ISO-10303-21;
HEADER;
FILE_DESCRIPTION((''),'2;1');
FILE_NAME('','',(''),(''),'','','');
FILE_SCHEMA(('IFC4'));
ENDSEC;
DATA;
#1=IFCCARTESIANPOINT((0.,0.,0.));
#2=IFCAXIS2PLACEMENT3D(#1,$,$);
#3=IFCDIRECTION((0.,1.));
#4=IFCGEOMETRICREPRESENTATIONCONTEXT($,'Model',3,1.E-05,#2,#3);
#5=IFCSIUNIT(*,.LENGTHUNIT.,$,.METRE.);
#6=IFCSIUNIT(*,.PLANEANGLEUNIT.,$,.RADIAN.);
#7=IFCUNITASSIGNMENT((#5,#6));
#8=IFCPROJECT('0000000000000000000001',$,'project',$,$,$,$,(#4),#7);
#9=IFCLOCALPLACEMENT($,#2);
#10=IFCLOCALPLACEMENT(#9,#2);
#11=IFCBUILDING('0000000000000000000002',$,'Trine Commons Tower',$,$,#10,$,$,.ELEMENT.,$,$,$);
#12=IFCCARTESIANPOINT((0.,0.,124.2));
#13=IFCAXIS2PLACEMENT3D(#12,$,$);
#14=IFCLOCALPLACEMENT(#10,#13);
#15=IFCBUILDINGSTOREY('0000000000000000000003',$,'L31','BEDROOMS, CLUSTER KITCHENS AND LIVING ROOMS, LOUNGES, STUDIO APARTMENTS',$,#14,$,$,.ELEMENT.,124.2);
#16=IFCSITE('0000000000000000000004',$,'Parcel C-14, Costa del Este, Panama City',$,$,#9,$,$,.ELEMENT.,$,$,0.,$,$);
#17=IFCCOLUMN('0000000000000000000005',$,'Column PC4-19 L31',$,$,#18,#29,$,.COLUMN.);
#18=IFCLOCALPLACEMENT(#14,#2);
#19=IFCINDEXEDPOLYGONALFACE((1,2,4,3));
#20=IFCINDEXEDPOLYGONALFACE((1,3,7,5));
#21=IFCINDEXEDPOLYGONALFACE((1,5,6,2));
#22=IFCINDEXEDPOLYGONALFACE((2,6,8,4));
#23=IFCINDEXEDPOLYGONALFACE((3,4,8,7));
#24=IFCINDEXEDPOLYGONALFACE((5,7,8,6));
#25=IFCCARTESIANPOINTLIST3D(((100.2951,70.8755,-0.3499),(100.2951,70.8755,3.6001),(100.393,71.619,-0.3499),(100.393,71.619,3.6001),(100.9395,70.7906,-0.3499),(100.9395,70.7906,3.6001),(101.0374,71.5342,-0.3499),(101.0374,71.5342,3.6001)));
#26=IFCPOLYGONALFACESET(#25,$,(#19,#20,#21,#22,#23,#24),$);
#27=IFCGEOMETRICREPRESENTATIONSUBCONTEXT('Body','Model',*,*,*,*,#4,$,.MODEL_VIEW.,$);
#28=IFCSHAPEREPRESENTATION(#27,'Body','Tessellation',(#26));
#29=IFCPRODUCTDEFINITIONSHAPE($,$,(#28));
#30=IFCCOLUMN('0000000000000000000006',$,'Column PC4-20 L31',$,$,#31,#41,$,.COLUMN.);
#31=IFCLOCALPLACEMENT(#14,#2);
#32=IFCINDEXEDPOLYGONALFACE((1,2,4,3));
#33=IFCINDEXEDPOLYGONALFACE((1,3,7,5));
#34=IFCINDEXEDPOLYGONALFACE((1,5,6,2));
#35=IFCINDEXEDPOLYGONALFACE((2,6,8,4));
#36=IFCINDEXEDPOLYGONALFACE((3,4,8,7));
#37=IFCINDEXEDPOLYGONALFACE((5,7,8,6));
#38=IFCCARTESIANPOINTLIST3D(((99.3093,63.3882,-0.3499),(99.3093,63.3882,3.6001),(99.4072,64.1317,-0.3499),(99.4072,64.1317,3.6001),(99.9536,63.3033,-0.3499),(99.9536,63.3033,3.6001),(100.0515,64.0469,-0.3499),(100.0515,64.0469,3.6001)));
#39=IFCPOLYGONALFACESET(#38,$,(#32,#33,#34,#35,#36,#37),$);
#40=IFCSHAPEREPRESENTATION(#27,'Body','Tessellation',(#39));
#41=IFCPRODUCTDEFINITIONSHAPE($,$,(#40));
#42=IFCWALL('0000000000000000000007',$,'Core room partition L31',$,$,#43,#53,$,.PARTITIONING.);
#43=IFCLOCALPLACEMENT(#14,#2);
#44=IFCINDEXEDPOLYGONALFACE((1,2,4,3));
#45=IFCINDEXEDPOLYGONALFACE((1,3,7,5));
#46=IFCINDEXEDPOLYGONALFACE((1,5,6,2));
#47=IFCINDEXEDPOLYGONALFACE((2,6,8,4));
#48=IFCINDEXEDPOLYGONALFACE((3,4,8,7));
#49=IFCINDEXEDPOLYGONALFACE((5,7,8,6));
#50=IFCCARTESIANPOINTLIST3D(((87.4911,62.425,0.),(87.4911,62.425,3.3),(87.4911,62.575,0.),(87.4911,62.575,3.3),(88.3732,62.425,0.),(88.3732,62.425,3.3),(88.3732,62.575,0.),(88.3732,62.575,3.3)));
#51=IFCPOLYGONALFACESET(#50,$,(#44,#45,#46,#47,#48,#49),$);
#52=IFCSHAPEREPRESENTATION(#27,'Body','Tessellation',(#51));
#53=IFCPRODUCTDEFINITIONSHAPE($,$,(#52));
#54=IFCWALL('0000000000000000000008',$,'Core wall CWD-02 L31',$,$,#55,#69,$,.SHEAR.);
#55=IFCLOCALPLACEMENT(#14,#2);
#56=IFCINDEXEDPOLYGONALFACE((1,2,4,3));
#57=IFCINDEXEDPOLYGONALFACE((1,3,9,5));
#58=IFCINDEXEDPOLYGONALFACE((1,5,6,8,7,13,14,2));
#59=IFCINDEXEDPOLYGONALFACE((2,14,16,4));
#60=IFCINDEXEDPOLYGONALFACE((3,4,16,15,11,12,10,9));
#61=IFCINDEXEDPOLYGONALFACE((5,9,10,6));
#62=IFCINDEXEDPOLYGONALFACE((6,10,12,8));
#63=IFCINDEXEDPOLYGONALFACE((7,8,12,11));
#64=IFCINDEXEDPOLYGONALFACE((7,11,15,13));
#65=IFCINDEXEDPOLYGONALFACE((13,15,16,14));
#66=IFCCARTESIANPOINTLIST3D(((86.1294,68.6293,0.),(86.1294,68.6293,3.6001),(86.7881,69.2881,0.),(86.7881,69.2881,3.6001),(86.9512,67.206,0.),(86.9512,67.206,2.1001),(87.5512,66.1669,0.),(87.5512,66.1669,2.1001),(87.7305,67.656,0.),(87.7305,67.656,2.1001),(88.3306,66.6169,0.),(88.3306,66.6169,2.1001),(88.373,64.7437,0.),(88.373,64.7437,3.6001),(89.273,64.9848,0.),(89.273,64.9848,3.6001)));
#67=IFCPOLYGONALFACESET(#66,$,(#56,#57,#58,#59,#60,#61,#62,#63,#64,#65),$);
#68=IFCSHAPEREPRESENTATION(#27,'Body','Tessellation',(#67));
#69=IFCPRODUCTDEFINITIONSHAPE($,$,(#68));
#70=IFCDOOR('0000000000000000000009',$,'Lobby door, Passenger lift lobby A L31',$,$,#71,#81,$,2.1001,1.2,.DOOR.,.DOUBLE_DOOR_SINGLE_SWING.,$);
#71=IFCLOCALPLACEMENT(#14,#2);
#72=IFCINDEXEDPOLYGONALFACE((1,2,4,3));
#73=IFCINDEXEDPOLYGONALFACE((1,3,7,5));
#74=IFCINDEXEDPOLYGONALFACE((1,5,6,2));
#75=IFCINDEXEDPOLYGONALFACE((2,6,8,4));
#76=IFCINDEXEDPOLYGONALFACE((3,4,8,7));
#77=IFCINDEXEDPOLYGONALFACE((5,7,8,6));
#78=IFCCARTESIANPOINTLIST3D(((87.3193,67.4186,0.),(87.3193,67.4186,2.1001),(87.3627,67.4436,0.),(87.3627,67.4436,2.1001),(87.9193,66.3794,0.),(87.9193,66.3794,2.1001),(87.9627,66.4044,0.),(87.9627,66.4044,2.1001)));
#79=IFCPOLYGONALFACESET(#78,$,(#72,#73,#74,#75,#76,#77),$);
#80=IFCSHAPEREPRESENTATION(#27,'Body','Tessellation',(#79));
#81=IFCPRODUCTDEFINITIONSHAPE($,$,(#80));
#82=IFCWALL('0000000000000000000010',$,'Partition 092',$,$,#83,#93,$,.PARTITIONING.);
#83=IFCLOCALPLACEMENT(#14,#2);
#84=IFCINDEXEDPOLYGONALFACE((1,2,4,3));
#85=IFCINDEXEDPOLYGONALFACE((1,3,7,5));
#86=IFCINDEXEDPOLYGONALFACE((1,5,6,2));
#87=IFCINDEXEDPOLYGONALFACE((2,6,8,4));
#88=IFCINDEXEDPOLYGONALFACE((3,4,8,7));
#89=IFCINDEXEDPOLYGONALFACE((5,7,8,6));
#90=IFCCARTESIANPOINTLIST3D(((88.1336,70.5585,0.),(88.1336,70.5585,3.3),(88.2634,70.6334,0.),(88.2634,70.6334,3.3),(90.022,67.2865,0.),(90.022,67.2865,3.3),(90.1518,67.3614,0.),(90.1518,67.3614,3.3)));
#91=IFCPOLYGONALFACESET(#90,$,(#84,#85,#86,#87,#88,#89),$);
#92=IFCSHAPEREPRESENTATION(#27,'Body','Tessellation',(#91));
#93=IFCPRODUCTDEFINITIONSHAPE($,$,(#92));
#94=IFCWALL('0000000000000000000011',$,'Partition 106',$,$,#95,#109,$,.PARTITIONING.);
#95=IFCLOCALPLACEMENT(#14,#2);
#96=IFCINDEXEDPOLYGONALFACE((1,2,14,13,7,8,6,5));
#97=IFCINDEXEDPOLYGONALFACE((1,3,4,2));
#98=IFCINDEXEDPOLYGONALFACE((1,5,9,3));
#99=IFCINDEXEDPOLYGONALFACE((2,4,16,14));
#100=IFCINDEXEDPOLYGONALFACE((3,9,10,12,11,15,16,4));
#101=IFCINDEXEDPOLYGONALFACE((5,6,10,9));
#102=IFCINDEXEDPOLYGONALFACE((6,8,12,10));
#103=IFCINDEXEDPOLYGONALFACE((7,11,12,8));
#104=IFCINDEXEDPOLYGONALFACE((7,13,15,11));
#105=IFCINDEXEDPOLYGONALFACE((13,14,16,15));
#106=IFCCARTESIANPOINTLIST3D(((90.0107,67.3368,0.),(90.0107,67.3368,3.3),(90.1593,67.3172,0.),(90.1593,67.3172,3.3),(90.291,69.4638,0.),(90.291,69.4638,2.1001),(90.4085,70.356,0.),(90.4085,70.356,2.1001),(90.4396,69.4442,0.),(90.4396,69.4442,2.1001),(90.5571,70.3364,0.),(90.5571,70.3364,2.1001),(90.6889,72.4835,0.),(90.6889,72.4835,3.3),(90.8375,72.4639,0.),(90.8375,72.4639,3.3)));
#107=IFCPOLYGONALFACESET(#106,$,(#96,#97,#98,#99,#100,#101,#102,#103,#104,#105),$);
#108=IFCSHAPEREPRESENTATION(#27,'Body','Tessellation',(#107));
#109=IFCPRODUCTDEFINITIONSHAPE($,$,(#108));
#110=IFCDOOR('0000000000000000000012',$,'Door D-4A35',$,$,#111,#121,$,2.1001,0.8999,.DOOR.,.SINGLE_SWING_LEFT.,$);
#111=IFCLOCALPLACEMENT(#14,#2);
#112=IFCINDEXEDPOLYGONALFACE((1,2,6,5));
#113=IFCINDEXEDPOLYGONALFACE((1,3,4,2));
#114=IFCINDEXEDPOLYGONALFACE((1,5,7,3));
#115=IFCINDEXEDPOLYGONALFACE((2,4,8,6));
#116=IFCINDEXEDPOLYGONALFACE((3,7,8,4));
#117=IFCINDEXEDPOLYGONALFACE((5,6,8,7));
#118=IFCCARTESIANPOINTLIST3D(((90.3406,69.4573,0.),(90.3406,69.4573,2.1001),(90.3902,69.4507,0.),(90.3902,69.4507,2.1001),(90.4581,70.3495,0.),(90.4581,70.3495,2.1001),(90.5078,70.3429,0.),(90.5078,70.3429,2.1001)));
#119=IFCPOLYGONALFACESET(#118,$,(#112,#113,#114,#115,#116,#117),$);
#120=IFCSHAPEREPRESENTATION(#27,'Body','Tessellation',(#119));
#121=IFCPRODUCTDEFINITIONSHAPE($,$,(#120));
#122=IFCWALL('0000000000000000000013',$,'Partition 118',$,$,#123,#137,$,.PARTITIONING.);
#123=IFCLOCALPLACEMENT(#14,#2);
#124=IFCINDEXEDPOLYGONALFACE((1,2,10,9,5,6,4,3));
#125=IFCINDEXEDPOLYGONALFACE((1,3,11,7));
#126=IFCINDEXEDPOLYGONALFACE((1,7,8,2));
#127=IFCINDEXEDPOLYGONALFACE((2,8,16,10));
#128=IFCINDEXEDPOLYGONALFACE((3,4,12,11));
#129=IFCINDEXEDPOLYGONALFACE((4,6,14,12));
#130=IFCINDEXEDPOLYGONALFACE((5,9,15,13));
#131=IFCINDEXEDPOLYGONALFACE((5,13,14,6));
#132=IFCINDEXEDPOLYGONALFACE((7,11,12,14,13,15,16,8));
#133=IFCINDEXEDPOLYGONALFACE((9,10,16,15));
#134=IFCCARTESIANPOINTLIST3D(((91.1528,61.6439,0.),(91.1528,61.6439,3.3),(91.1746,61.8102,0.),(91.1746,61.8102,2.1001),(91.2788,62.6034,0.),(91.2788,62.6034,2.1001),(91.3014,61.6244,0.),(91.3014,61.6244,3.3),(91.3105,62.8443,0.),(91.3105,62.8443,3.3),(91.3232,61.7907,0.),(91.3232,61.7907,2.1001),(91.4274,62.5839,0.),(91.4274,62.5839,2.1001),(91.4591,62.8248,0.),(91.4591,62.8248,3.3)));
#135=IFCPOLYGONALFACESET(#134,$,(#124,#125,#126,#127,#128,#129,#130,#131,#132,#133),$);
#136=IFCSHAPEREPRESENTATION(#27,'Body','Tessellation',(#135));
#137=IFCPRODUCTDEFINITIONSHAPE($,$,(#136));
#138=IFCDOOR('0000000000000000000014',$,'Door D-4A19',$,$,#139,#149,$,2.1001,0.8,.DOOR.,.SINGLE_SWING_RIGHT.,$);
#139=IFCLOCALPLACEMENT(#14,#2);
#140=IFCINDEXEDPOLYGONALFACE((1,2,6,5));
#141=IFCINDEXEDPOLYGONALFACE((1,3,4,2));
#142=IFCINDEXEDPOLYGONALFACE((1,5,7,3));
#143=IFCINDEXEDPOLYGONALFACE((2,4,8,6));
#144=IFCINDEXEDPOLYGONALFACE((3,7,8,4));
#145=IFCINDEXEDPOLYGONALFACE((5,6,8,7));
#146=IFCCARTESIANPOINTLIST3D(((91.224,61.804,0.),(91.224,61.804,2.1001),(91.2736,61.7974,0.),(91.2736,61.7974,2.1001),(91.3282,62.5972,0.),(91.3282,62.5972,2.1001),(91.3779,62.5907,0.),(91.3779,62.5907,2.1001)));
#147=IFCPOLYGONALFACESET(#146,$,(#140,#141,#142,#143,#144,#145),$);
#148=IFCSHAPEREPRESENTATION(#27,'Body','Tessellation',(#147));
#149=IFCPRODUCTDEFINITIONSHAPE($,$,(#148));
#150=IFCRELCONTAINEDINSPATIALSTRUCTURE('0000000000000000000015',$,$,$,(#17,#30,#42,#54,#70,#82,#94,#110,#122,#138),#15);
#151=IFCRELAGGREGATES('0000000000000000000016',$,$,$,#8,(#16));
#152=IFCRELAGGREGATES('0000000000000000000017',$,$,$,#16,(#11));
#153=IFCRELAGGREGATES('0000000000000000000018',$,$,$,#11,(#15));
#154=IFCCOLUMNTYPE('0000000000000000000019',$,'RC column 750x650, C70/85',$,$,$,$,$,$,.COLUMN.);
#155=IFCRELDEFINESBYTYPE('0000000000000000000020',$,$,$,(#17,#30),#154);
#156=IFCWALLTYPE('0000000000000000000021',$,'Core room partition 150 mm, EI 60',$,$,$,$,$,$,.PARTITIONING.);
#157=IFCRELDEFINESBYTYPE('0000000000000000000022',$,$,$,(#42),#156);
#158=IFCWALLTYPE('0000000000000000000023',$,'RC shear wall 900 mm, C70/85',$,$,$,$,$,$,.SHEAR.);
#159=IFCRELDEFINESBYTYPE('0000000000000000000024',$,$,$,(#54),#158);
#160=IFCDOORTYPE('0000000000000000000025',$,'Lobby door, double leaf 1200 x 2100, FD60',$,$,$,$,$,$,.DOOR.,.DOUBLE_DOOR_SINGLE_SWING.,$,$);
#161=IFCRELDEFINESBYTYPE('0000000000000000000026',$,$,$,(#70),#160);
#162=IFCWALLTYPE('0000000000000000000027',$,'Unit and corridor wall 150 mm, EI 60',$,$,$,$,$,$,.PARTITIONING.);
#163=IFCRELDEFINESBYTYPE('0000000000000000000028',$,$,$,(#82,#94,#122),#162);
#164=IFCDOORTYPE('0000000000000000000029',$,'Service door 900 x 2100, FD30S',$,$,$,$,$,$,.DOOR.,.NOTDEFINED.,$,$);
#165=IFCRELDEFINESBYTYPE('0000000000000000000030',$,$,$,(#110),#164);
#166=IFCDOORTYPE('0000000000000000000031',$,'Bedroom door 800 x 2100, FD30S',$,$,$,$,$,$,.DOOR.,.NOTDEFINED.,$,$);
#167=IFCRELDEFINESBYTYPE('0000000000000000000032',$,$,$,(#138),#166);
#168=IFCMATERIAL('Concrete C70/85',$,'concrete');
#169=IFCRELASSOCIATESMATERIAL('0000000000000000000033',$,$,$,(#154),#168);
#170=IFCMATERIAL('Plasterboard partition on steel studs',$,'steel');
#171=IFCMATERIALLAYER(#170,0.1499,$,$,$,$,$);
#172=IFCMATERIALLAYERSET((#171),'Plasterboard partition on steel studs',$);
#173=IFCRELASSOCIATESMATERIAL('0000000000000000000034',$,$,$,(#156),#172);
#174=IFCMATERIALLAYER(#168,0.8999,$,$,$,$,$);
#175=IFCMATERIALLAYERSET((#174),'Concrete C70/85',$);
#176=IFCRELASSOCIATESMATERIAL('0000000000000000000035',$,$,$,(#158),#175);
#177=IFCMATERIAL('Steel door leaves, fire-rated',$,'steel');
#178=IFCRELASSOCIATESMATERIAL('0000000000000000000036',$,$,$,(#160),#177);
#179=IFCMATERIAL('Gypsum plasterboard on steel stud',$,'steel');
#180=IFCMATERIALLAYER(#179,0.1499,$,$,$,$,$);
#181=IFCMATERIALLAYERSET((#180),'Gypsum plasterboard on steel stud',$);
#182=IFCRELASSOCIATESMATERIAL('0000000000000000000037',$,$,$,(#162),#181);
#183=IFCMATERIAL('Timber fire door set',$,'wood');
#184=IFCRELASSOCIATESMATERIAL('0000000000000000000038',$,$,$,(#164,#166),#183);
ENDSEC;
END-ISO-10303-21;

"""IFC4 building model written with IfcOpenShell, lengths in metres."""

from ifc_helpers import new_model, si_unit, direction, frame, frame_2d, origin, origin_2d, place, context, subcontext, project, spatial, polyline, rectangle, outline, extrude, material, layer, layer_set, material_profile, profile_set, type_object, element, fill, save


model = new_model("IFC4")

# Units and contexts
model_context = context("Model", 3, precision=1e-05, world=origin(), true_north=direction((0.0, 1.0)))
body_context = subcontext(model_context, "Body", "Model", "MODEL_VIEW")
ifc_project = project(units=[si_unit("LENGTHUNIT", "METRE"), si_unit("PLANEANGLEUNIT", "RADIAN")], contexts=[model_context])

# Site, building, storey
site_placement = place(None, origin())
site = spatial("IfcSite", under=ifc_project, at=site_placement, Name="Parcel C-14, Costa del Este, Panama City", CompositionType="ELEMENT", RefElevation=0.0)
building_placement = place(site_placement, origin())
building = spatial("IfcBuilding", under=site, at=building_placement, Name="Trine Commons Tower", CompositionType="ELEMENT")
storey_placement = place(building_placement, frame((0.0, 0.0, 124.2)))
storey = spatial("IfcBuildingStorey", under=building, at=storey_placement, Name="L31", Description="BEDROOMS, CLUSTER KITCHENS AND LIVING ROOMS, LOUNGES, STUDIO APARTMENTS", CompositionType="ELEMENT", Elevation=124.2)

# Columns
ifc_material_1 = material(Name="Concrete C70/85", Category="concrete")
ifc_material_profile = material_profile(ifc_material_1, rectangle(XDim=0.75, YDim=0.6499, at=origin_2d()), Name="RC 750x650")
ifc_profile_set = profile_set([ifc_material_profile], Name="Concrete C70/85")
column_type = type_object("IfcColumnType", Name="RC column 750x650, C70/85", PredefinedType="COLUMN", material=ifc_profile_set)
for number, where, z_axis, x_axis, name in (
    (1, (100.6663, 71.2048, -0.3499), (0.0, 0.0, 1.0), (0.130526, 0.991445, 0.0), "Column PC4-19 L31"),
    (2, (99.6804, 63.7175, -0.3499), (0.0, 0.0, 1.0), (0.130526, 0.991445, 0.0), "Column PC4-20 L31"),
):
    element("IfcColumn", number, at=place(storey_placement, frame(where, z_axis=z_axis, x_axis=x_axis)), inside=storey, type_object=column_type, Name=name, PredefinedType="COLUMN", context=body_context, shape_type="SweptSolid", body=[
        extrude(rectangle(XDim=0.75, YDim=0.6499, at=origin_2d()), origin(), (0.0, 0.0, 1.0), 3.95),
    ])

# Wall
ifc_material_2 = material(Name="Plasterboard partition on steel studs", Category="steel")
ifc_layer_1 = layer(ifc_material_2, 0.1499)
ifc_layer_set_1 = layer_set([ifc_layer_1], Name="Plasterboard partition on steel studs")
wall_type_1 = type_object("IfcWallType", Name="Core room partition 150 mm, EI 60", PredefinedType="PARTITIONING", material=ifc_layer_set_1)
wall_1_placement = place(storey_placement, frame((88.373, 62.5, 0.0), z_axis=(0.0, 0.0, 1.0), x_axis=(-1.0, 0.0, 0.0)))
element("IfcWall", 3, at=wall_1_placement, inside=storey, type_object=wall_type_1, Name="Core room partition L31", PredefinedType="PARTITIONING", context=body_context, shape_type="SweptSolid", body=[
    extrude(rectangle(XDim=0.8821, YDim=0.1499, at=frame_2d((0.4409, 0.0))), origin(), (0.0, 0.0, 1.0), 3.3),
])

# Wall, opening, door
ifc_layer_2 = layer(ifc_material_1, 0.8999)
ifc_layer_set_2 = layer_set([ifc_layer_2], Name="Concrete C70/85")
wall_type_2 = type_object("IfcWallType", Name="RC shear wall 900 mm, C70/85", PredefinedType="SHEAR", material=ifc_layer_set_2)
wall_2_placement = place(storey_placement, frame((88.8833, 64.7598, 0.0), z_axis=(0.0, 0.0, 1.0), x_axis=(-0.500039, 0.866003, 0.0)))
wall_2 = element("IfcWall", 4, at=wall_2_placement, inside=storey, type_object=wall_type_2, Name="Core wall CWD-02 L31", PredefinedType="SHEAR", context=body_context, shape_type="SweptSolid", body=[
    extrude(outline(polyline([(0.0, -0.45), (4.9692, -0.45), (4.728, 0.45), (0.2412, 0.45), (0.0, -0.45)])), origin(), (0.0, 0.0, 1.0), 3.6001),
])
opening_1_placement = place(wall_2_placement, frame((1.8845, 0.0, 0.0)))
opening_1 = element("IfcOpeningElement", 5, at=opening_1_placement, cuts=wall_2, PredefinedType="OPENING", context=body_context, shape_type="SweptSolid", body=[
    extrude(rectangle(XDim=1.2, YDim=2.1001, at=frame_2d((0.6001, 1.05))), frame((0.0, 0.46, 0.0), z_axis=(0.0, -1.0, 0.0), x_axis=(1.0, 0.0, 0.0)), (0.0, 0.0, 1.0), 0.9199),
])
ifc_material_3 = material(Name="Steel door leaves, fire-rated", Category="steel")
door_type_1 = type_object("IfcDoorType", Name="Lobby door, double leaf 1200 x 2100, FD60", OperationType="DOUBLE_DOOR_SINGLE_SWING", PredefinedType="DOOR", material=ifc_material_3)
door_1_placement = place(opening_1_placement, origin())
door_1 = element("IfcDoor", 6, at=door_1_placement, inside=storey, type_object=door_type_1, Name="Lobby door, Passenger lift lobby A L31", OperationType="DOUBLE_DOOR_SINGLE_SWING", OverallHeight=2.1001, OverallWidth=1.2, PredefinedType="DOOR", context=body_context, shape_type="SweptSolid", body=[
    extrude(rectangle(XDim=1.2, YDim=2.1001, at=frame_2d((0.6001, 1.05))), frame((0.0, 0.0249, 0.0), z_axis=(0.0, -1.0, 0.0), x_axis=(1.0, 0.0, 0.0)), (0.0, 0.0, 1.0), 0.05),
])
fill(opening_1, door_1)

# Wall
ifc_material_4 = material(Name="Gypsum plasterboard on steel stud", Category="steel")
ifc_layer_3 = layer(ifc_material_4, 0.1499)
ifc_layer_set_3 = layer_set([ifc_layer_3], Name="Gypsum plasterboard on steel stud")
wall_type_3 = type_object("IfcWallType", Name="Unit and corridor wall 150 mm, EI 60", PredefinedType="PARTITIONING", material=ifc_layer_set_3)
wall_3_placement = place(storey_placement, frame((88.1985, 70.5959, 0.0), z_axis=(0.0, 0.0, 1.0), x_axis=(0.499872, -0.8661, 0.0)))
element("IfcWall", 7, at=wall_3_placement, inside=storey, type_object=wall_type_3, Name="Partition 092", PredefinedType="PARTITIONING", context=body_context, shape_type="SweptSolid", body=[
    extrude(rectangle(XDim=3.7778, YDim=0.1499, at=frame_2d((1.8889, 0.0))), origin(), (0.0, 0.0, 1.0), 3.3),
])

# Walls, openings, doors
wall_4_placement = place(storey_placement, frame((90.085, 67.3269, 0.0), z_axis=(0.0, 0.0, 1.0), x_axis=(0.130648, 0.991429, 0.0)))
wall_4 = element("IfcWall", 8, at=wall_4_placement, inside=storey, type_object=wall_type_3, Name="Partition 106", PredefinedType="PARTITIONING", context=body_context, shape_type="SweptSolid", body=[
    extrude(rectangle(XDim=5.1912, YDim=0.1499, at=frame_2d((2.5957, 0.0))), origin(), (0.0, 0.0, 1.0), 3.3),
])
opening_2_placement = place(wall_4_placement, frame((2.1455, 0.0, 0.0)))
opening_2 = element("IfcOpeningElement", 9, at=opening_2_placement, cuts=wall_4, PredefinedType="OPENING", context=body_context, shape_type="SweptSolid", body=[
    extrude(rectangle(XDim=0.8999, YDim=2.1001, at=frame_2d((0.45, 1.05))), frame((0.0, 0.085, 0.0), z_axis=(0.0, -1.0, 0.0), x_axis=(1.0, 0.0, 0.0)), (0.0, 0.0, 1.0), 0.1699),
])
ifc_material_5 = material(Name="Timber fire door set", Category="wood")
door_type_2 = type_object("IfcDoorType", Name="Service door 900 x 2100, FD30S", OperationType="NOTDEFINED", PredefinedType="DOOR", material=ifc_material_5)
door_2_placement = place(opening_2_placement, origin())
door_2 = element("IfcDoor", 10, at=door_2_placement, inside=storey, type_object=door_type_2, Name="Door D-4A35", OperationType="SINGLE_SWING_LEFT", OverallHeight=2.1001, OverallWidth=0.8999, PredefinedType="DOOR", context=body_context, shape_type="SweptSolid", body=[
    extrude(rectangle(XDim=0.8999, YDim=2.1001, at=frame_2d((0.45, 1.05))), frame((0.0, 0.0249, 0.0), z_axis=(0.0, -1.0, 0.0), x_axis=(1.0, 0.0, 0.0)), (0.0, 0.0, 1.0), 0.05),
])
fill(opening_2, door_2)
wall_5_placement = place(storey_placement, frame((91.2271, 61.634, 0.0), z_axis=(0.0, 0.0, 1.0), x_axis=(0.130262, 0.99148, 0.0)))
wall_5 = element("IfcWall", 11, at=wall_5_placement, inside=storey, type_object=wall_type_3, Name="Partition 118", PredefinedType="PARTITIONING", context=body_context, shape_type="SweptSolid", body=[
    extrude(rectangle(XDim=1.2107, YDim=0.1499, at=frame_2d((0.6055, 0.0))), origin(), (0.0, 0.0, 1.0), 3.3),
])
opening_3_placement = place(wall_5_placement, frame((0.168, 0.0, 0.0)))
opening_3 = element("IfcOpeningElement", 12, at=opening_3_placement, cuts=wall_5, PredefinedType="OPENING", context=body_context, shape_type="SweptSolid", body=[
    extrude(rectangle(XDim=0.8, YDim=2.1001, at=frame_2d((0.3999, 1.05))), frame((0.0, 0.085, 0.0), z_axis=(0.0, -1.0, 0.0), x_axis=(1.0, 0.0, 0.0)), (0.0, 0.0, 1.0), 0.1699),
])
door_type_3 = type_object("IfcDoorType", Name="Bedroom door 800 x 2100, FD30S", OperationType="NOTDEFINED", PredefinedType="DOOR", material=ifc_material_5)
door_3_placement = place(opening_3_placement, frame((0.8, 0.0, 0.0), z_axis=(0.0, 0.0, 1.0), x_axis=(-1.0, 0.0, 0.0)))
door_3 = element("IfcDoor", 13, at=door_3_placement, inside=storey, type_object=door_type_3, Name="Door D-4A19", OperationType="SINGLE_SWING_RIGHT", OverallHeight=2.1001, OverallWidth=0.8, PredefinedType="DOOR", context=body_context, shape_type="SweptSolid", body=[
    extrude(rectangle(XDim=0.8, YDim=2.1001, at=frame_2d((0.3999, 1.05))), frame((0.0, 0.0249, 0.0), z_axis=(0.0, -1.0, 0.0), x_axis=(1.0, 0.0, 0.0)), (0.0, 0.0, 1.0), 0.05),
])
fill(opening_3, door_3)

save(model, "model.ifc")
